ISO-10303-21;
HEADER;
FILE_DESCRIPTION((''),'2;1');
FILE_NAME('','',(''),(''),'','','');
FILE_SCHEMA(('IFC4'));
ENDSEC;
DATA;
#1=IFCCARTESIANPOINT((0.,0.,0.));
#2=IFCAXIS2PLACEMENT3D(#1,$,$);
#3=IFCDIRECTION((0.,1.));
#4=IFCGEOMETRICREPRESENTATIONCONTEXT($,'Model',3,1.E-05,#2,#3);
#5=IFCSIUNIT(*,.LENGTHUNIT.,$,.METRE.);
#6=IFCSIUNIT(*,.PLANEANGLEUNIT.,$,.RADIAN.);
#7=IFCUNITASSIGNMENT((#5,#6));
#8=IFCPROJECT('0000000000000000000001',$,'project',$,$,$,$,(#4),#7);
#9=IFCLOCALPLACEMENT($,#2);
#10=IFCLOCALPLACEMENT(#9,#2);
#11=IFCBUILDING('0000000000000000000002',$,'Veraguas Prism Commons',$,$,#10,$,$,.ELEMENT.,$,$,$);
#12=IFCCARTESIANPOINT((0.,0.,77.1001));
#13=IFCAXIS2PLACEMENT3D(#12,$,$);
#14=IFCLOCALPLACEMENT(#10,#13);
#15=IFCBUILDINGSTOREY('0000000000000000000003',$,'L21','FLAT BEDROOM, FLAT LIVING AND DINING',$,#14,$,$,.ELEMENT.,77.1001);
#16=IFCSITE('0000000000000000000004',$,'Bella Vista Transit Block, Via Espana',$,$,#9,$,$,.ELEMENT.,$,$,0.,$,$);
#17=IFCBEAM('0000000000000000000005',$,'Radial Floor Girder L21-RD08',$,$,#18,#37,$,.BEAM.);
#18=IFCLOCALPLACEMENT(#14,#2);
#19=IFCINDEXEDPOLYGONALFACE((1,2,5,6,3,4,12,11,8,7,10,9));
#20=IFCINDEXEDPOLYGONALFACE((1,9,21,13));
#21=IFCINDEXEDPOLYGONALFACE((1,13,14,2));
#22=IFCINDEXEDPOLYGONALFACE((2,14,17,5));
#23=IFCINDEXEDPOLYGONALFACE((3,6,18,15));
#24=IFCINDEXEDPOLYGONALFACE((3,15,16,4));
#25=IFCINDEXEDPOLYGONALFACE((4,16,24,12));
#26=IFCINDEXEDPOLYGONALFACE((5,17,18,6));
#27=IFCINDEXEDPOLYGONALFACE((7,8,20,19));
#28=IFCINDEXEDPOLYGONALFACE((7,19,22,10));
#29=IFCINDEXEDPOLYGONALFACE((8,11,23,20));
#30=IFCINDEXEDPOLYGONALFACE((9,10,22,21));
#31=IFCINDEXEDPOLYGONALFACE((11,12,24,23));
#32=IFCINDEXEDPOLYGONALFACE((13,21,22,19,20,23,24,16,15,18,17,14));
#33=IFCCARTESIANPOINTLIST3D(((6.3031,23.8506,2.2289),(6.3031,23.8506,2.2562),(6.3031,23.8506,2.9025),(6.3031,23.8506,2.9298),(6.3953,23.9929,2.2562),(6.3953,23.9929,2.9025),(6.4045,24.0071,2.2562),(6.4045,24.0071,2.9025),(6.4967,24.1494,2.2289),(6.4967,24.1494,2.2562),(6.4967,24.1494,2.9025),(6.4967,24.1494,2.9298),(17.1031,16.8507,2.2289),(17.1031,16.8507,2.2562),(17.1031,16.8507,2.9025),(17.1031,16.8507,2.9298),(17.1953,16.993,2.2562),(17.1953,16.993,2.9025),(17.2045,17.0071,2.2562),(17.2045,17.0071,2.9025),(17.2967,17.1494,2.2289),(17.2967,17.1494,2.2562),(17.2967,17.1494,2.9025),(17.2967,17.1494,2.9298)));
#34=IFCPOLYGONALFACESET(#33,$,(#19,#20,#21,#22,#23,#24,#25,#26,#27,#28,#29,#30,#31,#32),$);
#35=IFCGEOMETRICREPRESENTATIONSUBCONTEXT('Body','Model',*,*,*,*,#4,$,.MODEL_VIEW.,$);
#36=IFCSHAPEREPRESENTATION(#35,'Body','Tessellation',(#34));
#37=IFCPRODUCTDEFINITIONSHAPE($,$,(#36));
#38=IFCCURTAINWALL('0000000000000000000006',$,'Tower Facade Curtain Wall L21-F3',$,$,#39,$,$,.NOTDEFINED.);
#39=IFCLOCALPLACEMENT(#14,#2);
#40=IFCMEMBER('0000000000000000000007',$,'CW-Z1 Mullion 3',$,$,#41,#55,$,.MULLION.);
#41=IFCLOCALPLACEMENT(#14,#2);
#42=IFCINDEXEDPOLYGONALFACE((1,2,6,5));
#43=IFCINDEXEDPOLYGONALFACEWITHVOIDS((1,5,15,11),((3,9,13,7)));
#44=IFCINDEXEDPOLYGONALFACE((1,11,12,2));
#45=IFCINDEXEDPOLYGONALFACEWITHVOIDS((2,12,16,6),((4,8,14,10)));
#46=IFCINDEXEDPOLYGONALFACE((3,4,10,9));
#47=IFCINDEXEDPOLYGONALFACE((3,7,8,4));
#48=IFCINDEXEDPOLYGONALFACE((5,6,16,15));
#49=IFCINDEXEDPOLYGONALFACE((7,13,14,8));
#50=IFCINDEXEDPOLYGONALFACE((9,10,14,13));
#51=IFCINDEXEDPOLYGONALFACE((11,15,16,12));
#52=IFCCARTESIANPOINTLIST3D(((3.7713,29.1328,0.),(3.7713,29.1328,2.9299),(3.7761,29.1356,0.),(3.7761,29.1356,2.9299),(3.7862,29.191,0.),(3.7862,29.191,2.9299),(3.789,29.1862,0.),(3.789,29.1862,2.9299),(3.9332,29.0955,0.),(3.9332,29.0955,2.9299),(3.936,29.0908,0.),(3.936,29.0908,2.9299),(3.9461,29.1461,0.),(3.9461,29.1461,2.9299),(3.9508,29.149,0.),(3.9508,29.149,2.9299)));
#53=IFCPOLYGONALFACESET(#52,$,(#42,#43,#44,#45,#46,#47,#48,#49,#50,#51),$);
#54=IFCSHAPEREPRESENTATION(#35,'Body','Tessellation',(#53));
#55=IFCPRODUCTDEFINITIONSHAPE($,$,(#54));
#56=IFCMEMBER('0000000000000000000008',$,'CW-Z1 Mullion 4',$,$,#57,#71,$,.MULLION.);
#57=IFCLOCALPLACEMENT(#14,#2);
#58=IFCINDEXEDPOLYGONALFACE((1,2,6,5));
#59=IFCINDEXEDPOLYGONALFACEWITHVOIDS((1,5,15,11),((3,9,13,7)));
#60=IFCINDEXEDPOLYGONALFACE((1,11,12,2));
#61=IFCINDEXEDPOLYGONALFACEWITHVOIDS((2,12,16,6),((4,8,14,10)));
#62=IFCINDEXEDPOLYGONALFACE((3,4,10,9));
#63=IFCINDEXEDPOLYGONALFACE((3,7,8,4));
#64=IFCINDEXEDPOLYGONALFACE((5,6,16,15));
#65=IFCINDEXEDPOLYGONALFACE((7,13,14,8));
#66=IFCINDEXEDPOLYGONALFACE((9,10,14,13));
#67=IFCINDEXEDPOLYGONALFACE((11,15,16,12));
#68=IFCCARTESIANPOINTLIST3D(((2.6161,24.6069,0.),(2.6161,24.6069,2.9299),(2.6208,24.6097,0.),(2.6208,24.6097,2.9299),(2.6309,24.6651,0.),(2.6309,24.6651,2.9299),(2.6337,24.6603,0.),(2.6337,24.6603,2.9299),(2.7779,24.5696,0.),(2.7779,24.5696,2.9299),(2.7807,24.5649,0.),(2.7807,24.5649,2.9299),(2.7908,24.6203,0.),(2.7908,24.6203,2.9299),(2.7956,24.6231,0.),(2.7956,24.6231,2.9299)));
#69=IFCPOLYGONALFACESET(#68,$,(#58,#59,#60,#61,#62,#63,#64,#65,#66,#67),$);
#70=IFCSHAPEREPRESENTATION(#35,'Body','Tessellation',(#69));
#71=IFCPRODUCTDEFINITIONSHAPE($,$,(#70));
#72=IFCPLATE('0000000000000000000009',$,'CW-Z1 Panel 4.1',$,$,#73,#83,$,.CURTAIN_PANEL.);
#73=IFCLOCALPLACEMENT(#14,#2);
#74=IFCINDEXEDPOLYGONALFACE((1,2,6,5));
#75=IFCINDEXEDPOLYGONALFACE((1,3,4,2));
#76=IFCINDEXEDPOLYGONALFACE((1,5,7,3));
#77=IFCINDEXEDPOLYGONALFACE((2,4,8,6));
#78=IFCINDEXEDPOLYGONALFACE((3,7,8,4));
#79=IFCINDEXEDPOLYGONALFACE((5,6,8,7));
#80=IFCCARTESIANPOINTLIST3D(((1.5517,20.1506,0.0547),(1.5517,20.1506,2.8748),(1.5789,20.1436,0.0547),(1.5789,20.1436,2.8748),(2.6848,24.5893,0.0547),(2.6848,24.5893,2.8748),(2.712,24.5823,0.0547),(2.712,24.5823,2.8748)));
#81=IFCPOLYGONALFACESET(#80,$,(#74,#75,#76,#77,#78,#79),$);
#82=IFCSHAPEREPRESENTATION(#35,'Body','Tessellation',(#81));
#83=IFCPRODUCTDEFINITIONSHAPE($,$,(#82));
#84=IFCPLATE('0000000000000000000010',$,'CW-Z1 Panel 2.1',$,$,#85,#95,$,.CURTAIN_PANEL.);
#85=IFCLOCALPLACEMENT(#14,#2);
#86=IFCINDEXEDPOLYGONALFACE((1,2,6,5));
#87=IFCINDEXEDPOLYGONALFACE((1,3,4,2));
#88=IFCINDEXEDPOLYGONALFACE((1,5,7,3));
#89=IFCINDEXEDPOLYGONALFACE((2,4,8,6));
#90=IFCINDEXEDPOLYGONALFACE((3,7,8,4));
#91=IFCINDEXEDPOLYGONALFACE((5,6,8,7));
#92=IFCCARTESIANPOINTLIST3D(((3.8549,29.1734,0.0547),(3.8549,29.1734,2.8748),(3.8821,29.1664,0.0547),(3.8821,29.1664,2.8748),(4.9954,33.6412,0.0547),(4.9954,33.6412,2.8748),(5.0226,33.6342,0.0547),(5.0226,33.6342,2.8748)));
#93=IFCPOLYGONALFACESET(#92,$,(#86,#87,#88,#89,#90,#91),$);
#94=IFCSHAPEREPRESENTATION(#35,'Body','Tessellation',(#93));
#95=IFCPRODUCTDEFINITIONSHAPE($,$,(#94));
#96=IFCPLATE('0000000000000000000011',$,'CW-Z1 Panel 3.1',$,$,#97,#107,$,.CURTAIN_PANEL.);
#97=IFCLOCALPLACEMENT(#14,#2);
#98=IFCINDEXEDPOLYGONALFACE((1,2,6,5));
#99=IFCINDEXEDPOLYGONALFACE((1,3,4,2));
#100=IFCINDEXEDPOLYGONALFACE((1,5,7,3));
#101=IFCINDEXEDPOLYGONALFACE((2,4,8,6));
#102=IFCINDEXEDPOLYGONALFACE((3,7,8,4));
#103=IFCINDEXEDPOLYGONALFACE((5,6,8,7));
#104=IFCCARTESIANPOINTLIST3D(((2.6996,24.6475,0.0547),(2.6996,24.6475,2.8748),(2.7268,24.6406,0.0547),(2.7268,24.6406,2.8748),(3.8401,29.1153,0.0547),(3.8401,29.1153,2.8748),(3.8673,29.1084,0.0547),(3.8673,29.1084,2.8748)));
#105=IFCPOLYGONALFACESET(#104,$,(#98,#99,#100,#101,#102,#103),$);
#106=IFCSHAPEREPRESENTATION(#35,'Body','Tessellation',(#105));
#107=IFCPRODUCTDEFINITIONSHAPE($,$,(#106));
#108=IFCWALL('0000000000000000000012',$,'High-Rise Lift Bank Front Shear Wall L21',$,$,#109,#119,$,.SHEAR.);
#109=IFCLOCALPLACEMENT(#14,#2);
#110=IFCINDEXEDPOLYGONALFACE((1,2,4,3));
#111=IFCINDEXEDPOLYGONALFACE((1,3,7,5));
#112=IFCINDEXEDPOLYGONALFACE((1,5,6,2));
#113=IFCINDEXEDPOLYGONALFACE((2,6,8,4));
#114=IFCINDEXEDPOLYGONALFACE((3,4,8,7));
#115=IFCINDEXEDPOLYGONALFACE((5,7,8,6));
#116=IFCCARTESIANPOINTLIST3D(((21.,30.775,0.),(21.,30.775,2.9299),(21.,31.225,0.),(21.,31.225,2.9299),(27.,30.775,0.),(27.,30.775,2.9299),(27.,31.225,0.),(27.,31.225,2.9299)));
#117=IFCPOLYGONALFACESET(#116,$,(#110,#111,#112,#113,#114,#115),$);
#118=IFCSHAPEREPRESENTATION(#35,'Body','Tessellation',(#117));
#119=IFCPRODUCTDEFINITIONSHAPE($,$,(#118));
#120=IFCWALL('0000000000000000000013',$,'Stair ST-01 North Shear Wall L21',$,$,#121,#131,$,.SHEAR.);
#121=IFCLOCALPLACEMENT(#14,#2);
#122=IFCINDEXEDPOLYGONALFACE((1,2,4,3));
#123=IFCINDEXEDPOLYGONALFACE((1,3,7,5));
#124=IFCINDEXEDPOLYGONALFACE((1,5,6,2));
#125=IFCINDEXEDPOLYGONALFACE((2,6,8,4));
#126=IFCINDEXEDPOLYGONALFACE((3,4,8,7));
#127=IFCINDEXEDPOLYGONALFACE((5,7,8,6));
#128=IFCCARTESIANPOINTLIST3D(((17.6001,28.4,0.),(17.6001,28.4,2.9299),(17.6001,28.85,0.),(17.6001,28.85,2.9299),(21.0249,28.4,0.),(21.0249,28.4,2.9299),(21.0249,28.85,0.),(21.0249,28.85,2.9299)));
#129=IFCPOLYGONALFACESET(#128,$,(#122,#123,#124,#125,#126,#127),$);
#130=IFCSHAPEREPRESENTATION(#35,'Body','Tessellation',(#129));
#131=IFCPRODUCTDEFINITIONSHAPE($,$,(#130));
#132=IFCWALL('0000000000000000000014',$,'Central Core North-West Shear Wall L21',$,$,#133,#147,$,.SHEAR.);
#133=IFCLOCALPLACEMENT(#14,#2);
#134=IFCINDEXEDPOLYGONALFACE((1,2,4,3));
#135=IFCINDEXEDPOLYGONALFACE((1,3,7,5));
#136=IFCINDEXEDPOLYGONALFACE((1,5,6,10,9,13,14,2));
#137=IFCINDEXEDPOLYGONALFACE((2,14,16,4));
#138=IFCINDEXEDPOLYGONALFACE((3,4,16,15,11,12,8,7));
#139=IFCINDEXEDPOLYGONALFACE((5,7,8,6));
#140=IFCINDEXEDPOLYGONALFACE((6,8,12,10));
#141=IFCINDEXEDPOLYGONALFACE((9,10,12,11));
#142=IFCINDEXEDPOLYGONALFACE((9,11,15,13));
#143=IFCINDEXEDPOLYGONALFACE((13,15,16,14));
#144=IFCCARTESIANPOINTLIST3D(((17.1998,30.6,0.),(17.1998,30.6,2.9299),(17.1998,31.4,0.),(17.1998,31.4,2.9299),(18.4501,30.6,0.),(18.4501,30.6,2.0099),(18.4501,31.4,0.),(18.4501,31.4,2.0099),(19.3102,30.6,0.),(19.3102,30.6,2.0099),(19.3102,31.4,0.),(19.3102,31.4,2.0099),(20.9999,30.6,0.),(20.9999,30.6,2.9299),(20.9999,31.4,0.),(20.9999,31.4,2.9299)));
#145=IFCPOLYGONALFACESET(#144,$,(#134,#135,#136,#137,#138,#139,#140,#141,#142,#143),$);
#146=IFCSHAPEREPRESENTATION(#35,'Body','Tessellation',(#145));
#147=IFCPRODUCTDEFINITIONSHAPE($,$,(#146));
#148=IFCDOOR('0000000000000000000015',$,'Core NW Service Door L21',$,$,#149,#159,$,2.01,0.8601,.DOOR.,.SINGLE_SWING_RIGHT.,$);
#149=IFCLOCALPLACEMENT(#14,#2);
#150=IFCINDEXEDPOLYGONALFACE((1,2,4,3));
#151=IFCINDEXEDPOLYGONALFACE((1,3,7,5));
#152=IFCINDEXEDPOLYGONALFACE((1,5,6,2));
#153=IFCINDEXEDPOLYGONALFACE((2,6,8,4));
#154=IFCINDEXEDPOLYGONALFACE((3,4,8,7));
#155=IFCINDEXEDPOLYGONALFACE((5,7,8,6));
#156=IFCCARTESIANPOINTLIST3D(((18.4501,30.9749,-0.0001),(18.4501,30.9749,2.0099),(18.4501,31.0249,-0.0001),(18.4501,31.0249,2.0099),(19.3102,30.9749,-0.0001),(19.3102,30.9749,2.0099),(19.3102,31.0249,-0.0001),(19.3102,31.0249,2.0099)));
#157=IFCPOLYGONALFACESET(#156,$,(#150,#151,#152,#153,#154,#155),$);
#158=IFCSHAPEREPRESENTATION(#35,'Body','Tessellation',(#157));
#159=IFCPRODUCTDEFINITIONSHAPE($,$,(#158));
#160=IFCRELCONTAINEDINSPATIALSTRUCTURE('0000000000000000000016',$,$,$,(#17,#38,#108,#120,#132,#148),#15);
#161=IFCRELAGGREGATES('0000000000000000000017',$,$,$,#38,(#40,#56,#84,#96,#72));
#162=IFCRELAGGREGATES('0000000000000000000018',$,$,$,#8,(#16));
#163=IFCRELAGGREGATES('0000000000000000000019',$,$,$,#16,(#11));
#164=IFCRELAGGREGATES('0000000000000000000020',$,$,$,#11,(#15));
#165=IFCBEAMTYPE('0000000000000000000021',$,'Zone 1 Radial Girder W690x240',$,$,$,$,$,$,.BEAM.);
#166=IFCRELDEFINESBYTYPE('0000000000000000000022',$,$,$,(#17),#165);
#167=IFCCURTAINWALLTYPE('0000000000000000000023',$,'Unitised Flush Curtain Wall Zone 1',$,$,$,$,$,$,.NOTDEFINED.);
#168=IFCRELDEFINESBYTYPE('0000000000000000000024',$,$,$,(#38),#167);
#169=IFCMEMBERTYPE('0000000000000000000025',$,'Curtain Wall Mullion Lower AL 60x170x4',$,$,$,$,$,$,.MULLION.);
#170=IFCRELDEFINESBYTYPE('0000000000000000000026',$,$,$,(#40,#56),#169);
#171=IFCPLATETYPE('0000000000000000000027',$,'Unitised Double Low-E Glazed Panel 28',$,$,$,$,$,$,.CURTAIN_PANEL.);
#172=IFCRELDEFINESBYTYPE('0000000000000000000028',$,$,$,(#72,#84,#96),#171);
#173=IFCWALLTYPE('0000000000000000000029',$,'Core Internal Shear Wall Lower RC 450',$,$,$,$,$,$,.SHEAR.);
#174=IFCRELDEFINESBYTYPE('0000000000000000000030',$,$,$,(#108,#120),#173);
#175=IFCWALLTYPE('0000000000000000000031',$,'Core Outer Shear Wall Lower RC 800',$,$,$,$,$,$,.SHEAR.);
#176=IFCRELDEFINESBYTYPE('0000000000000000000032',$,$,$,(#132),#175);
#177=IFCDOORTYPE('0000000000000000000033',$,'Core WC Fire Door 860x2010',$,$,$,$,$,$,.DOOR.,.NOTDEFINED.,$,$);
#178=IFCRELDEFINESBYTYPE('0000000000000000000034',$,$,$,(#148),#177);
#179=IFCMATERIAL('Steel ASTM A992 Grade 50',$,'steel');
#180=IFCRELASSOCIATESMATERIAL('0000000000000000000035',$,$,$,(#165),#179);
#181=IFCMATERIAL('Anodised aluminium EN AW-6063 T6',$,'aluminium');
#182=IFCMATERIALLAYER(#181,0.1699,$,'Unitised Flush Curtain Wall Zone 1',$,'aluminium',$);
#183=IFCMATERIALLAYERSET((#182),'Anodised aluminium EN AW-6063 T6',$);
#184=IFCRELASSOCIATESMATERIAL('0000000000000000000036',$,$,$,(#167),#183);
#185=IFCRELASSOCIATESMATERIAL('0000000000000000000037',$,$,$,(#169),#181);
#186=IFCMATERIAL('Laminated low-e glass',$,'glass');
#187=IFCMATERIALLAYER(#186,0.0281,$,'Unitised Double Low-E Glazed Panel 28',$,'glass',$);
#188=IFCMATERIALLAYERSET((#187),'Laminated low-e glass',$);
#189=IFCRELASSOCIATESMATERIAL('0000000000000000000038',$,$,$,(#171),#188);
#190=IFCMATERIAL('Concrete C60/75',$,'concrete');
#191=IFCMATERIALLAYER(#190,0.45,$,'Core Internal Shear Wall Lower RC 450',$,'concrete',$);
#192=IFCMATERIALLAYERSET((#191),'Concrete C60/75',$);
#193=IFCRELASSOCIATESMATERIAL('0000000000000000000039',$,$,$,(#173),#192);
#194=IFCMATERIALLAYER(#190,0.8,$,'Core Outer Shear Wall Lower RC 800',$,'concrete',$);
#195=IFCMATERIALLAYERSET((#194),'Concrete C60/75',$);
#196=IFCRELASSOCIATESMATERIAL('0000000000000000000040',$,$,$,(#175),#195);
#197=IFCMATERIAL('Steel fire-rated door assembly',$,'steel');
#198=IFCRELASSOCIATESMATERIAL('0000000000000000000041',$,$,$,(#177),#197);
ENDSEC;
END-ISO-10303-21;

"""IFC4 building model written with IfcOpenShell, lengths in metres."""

from ifc_helpers import new_model, si_unit, direction, frame, frame_2d, origin, origin_2d, place, context, subcontext, project, spatial, rectangle, hollow_rectangle, i_section, extrude, source, transform, mapped, material, layer, layer_set, material_profile, profile_set, type_object, element, fill, aggregate, save


model = new_model("IFC4")

# Units and contexts
model_context = context("Model", 3, precision=1e-05, world=origin(), true_north=direction((0.0, 1.0)))
body_context = subcontext(model_context, "Body", "Model", "MODEL_VIEW")
ifc_project = project(units=[si_unit("LENGTHUNIT", "METRE"), si_unit("PLANEANGLEUNIT", "RADIAN")], contexts=[model_context])

# Site, building, storey
site_placement = place(None, origin())
site = spatial("IfcSite", under=ifc_project, at=site_placement, Name="Bella Vista Transit Block, Via Espana", CompositionType="ELEMENT", RefElevation=0.0)
building_placement = place(site_placement, origin())
building = spatial("IfcBuilding", under=site, at=building_placement, Name="Veraguas Prism Commons", CompositionType="ELEMENT")
storey_placement = place(building_placement, frame((0.0, 0.0, 77.1001)))
storey = spatial("IfcBuildingStorey", under=building, at=storey_placement, Name="L21", Description="FLAT BEDROOM, FLAT LIVING AND DINING", CompositionType="ELEMENT", Elevation=77.1001)

# Shared definitions
ifc_material_1 = material(Name="Concrete C60/75", Category="concrete")

# Beam
ifc_material_2 = material(Name="Steel ASTM A992 Grade 50", Category="steel")
ifc_material_profile_1 = material_profile(ifc_material_2, i_section(OverallWidth=0.356, OverallDepth=0.7009, WebThickness=0.0168, FlangeThickness=0.0273, at=origin_2d()), Name="W690X240")
ifc_profile_set_1 = profile_set([ifc_material_profile_1], Name="Steel ASTM A992 Grade 50")
beam_type_1 = type_object("IfcBeamType", Name="Zone 1 Radial Girder W690x240", PredefinedType="BEAM", material=ifc_profile_set_1)
beam_1_placement = place(storey_placement, frame((6.3999, 24.0, 2.5793), z_axis=(0.839154, -0.543894, 0.0), x_axis=(0.543894, 0.839154, 0.0)))
element("IfcBeam", 1, at=beam_1_placement, inside=storey, type_object=beam_type_1, Name="Radial Floor Girder L21-RD08", PredefinedType="BEAM", context=body_context, shape_type="SweptSolid", body=[
    extrude(i_section(OverallWidth=0.356, OverallDepth=0.7009, WebThickness=0.0168, FlangeThickness=0.0273, at=origin_2d()), origin(), (0.0, 0.0, 1.0), 12.8701),
])

# Curtain wall, members, plates
ifc_material_3 = material(Name="Anodised aluminium EN AW-6063 T6", Category="aluminium")
ifc_layer_1 = layer(ifc_material_3, 0.1699, Name="Unitised Flush Curtain Wall Zone 1", Category="aluminium")
ifc_layer_set_1 = layer_set([ifc_layer_1], Name="Anodised aluminium EN AW-6063 T6")
curtain_wall_type = type_object("IfcCurtainWallType", Name="Unitised Flush Curtain Wall Zone 1", PredefinedType="NOTDEFINED", material=ifc_layer_set_1)
curtain_wall_placement = place(storey_placement, origin())
curtain_wall = element("IfcCurtainWall", 2, at=curtain_wall_placement, inside=storey, type_object=curtain_wall_type, Name="Tower Facade Curtain Wall L21-F3", PredefinedType="NOTDEFINED")
ifc_material_profile_2 = material_profile(ifc_material_3, hollow_rectangle(XDim=0.0601, YDim=0.1699, WallThickness=0.0039, at=origin_2d()), Name="AL60X170X4")
ifc_profile_set_2 = profile_set([ifc_material_profile_2], Name="Anodised aluminium EN AW-6063 T6")
member_type = type_object("IfcMemberType", Name="Curtain Wall Mullion Lower AL 60x170x4", PredefinedType="MULLION", material=ifc_profile_set_2)
shared_shape_1 = source(origin(), body_context, "Body", "SweptSolid", [
    extrude(hollow_rectangle(XDim=0.0601, YDim=0.1699, WallThickness=0.0039, at=origin_2d()), origin(), (0.0, 0.0, 1.0), 2.9299),
])
member_1_placement = place(storey_placement, frame((3.8611, 29.1409, 0.0), z_axis=(0.0, 0.0, 1.0), x_axis=(-0.247341, -0.968929, 0.0)))
member_1 = element("IfcMember", 3, at=member_1_placement, type_object=member_type, Name="CW-Z1 Mullion 3", PredefinedType="MULLION", context=body_context, shape_type="MappedRepresentation", body=[
    mapped(shared_shape_1, transform((0.0, 0.0, 0.0), scale=1.0)),
])
member_2_placement = place(storey_placement, frame((2.7058, 24.615, 0.0), z_axis=(0.0, 0.0, 1.0), x_axis=(-0.247341, -0.968929, 0.0)))
member_2 = element("IfcMember", 4, at=member_2_placement, type_object=member_type, Name="CW-Z1 Mullion 4", PredefinedType="MULLION", context=body_context, shape_type="MappedRepresentation", body=[
    mapped(shared_shape_1, transform((0.0, 0.0, 0.0), scale=1.0)),
])
ifc_material_4 = material(Name="Laminated low-e glass", Category="glass")
ifc_layer_2 = layer(ifc_material_4, 0.0281, Name="Unitised Double Low-E Glazed Panel 28", Category="glass")
ifc_layer_set_2 = layer_set([ifc_layer_2], Name="Laminated low-e glass")
plate_type = type_object("IfcPlateType", Name="Unitised Double Low-E Glazed Panel 28", PredefinedType="CURTAIN_PANEL", material=ifc_layer_set_2)
shared_shape_2 = source(origin(), body_context, "Body", "SweptSolid", [
    extrude(rectangle(XDim=4.5811, YDim=0.0281, at=origin_2d()), origin(), (0.0, 0.0, 1.0), 2.8201),
])
plate_1_placement = place(storey_placement, frame((2.1318, 22.3665, 0.0547), z_axis=(0.0, 0.0, 1.0), x_axis=(-0.247341, -0.968929, 0.0)))
plate_1 = element("IfcPlate", 5, at=plate_1_placement, type_object=plate_type, Name="CW-Z1 Panel 4.1", PredefinedType="CURTAIN_PANEL", context=body_context, shape_type="MappedRepresentation", body=[
    mapped(shared_shape_2, transform((0.0, 0.0, 0.0), scale=1.0)),
])
shared_shape_3 = source(origin(), body_context, "Body", "SweptSolid", [
    extrude(rectangle(XDim=4.6111, YDim=0.0281, at=origin_2d()), origin(), (0.0, 0.0, 1.0), 2.8201),
])
plate_2_placement = place(storey_placement, frame((4.4387, 31.4038, 0.0547), z_axis=(0.0, 0.0, 1.0), x_axis=(-0.247341, -0.968929, 0.0)))
plate_2 = element("IfcPlate", 6, at=plate_2_placement, type_object=plate_type, Name="CW-Z1 Panel 2.1", PredefinedType="CURTAIN_PANEL", context=body_context, shape_type="MappedRepresentation", body=[
    mapped(shared_shape_3, transform((0.0, 0.0, 0.0), scale=1.0)),
])
plate_3_placement = place(storey_placement, frame((3.2834, 26.8779, 0.0547), z_axis=(0.0, 0.0, 1.0), x_axis=(-0.247341, -0.968929, 0.0)))
plate_3 = element("IfcPlate", 7, at=plate_3_placement, type_object=plate_type, Name="CW-Z1 Panel 3.1", PredefinedType="CURTAIN_PANEL", context=body_context, shape_type="MappedRepresentation", body=[
    mapped(shared_shape_3, transform((0.0, 0.0, 0.0), scale=1.0)),
])
aggregate(curtain_wall, [member_1, member_2, plate_2, plate_3, plate_1])

# Walls
ifc_layer_3 = layer(ifc_material_1, 0.45, Name="Core Internal Shear Wall Lower RC 450", Category="concrete")
ifc_layer_set_3 = layer_set([ifc_layer_3], Name="Concrete C60/75")
wall_type_1 = type_object("IfcWallType", Name="Core Internal Shear Wall Lower RC 450", PredefinedType="SHEAR", material=ifc_layer_set_3)
wall_1_placement = place(storey_placement, frame((21.0, 31.0, 0.0), z_axis=(0.0, 0.0, 1.0), x_axis=(1.0, 0.0, 0.0)))
element("IfcWall", 8, at=wall_1_placement, inside=storey, type_object=wall_type_1, Name="High-Rise Lift Bank Front Shear Wall L21", PredefinedType="SHEAR", context=body_context, shape_type="SweptSolid", body=[
    extrude(rectangle(XDim=6.0, YDim=0.45, at=frame_2d((3.0, 0.0))), origin(), (0.0, 0.0, 1.0), 2.9299),
])
wall_2_placement = place(storey_placement, frame((17.6001, 28.625, 0.0), z_axis=(0.0, 0.0, 1.0), x_axis=(1.0, 0.0, 0.0)))
element("IfcWall", 9, at=wall_2_placement, inside=storey, type_object=wall_type_1, Name="Stair ST-01 North Shear Wall L21", PredefinedType="SHEAR", context=body_context, shape_type="SweptSolid", body=[
    extrude(rectangle(XDim=3.4248, YDim=0.45, at=frame_2d((1.7124, 0.0))), origin(), (0.0, 0.0, 1.0), 2.9299),
])

# Wall, opening, door
ifc_layer_4 = layer(ifc_material_1, 0.8, Name="Core Outer Shear Wall Lower RC 800", Category="concrete")
ifc_layer_set_4 = layer_set([ifc_layer_4], Name="Concrete C60/75")
wall_type_2 = type_object("IfcWallType", Name="Core Outer Shear Wall Lower RC 800", PredefinedType="SHEAR", material=ifc_layer_set_4)
wall_3_placement = place(storey_placement, frame((17.2, 31.0, 0.0), z_axis=(0.0, 0.0, 1.0), x_axis=(1.0, 0.0, 0.0)))
wall_3 = element("IfcWall", 10, at=wall_3_placement, inside=storey, type_object=wall_type_2, Name="Central Core North-West Shear Wall L21", PredefinedType="SHEAR", context=body_context, shape_type="SweptSolid", body=[
    extrude(rectangle(XDim=3.8, YDim=0.8, at=frame_2d((1.8999, 0.0))), origin(), (0.0, 0.0, 1.0), 2.9299),
])
opening_1_placement = place(wall_3_placement, frame((1.25, 0.0, 0.0)))
opening_1 = element("IfcOpeningElement", 11, at=opening_1_placement, cuts=wall_3, PredefinedType="OPENING", context=body_context, shape_type="SweptSolid", body=[
    extrude(rectangle(XDim=0.8601, YDim=2.01, at=frame_2d((0.4302, 1.0049))), frame((0.0, 0.4099, 0.0), z_axis=(0.0, -1.0, 0.0), x_axis=(1.0, 0.0, 0.0)), (0.0, 0.0, 1.0), 0.8201),
])
ifc_material_5 = material(Name="Steel fire-rated door assembly", Category="steel")
door_type_1 = type_object("IfcDoorType", Name="Core WC Fire Door 860x2010", OperationType="NOTDEFINED", PredefinedType="DOOR", material=ifc_material_5)
shared_shape_4 = source(origin(), body_context, "Body", "SweptSolid", [
    extrude(rectangle(XDim=0.8601, YDim=2.01, at=frame_2d((0.4302, 1.0049))), frame((0.0, 0.0249, 0.0), z_axis=(0.0, -1.0, 0.0), x_axis=(1.0, 0.0, 0.0)), (0.0, 0.0, 1.0), 0.05),
])
door_1_placement = place(opening_1_placement, origin())
door_1 = element("IfcDoor", 12, at=door_1_placement, inside=storey, type_object=door_type_1, Name="Core NW Service Door L21", OperationType="SINGLE_SWING_RIGHT", OverallHeight=2.01, OverallWidth=0.8601, PredefinedType="DOOR", context=body_context, shape_type="MappedRepresentation", body=[
    mapped(shared_shape_4, transform((0.0, 0.0, 0.0), scale=1.0)),
])
fill(opening_1, door_1)

save(model, "model.ifc")
